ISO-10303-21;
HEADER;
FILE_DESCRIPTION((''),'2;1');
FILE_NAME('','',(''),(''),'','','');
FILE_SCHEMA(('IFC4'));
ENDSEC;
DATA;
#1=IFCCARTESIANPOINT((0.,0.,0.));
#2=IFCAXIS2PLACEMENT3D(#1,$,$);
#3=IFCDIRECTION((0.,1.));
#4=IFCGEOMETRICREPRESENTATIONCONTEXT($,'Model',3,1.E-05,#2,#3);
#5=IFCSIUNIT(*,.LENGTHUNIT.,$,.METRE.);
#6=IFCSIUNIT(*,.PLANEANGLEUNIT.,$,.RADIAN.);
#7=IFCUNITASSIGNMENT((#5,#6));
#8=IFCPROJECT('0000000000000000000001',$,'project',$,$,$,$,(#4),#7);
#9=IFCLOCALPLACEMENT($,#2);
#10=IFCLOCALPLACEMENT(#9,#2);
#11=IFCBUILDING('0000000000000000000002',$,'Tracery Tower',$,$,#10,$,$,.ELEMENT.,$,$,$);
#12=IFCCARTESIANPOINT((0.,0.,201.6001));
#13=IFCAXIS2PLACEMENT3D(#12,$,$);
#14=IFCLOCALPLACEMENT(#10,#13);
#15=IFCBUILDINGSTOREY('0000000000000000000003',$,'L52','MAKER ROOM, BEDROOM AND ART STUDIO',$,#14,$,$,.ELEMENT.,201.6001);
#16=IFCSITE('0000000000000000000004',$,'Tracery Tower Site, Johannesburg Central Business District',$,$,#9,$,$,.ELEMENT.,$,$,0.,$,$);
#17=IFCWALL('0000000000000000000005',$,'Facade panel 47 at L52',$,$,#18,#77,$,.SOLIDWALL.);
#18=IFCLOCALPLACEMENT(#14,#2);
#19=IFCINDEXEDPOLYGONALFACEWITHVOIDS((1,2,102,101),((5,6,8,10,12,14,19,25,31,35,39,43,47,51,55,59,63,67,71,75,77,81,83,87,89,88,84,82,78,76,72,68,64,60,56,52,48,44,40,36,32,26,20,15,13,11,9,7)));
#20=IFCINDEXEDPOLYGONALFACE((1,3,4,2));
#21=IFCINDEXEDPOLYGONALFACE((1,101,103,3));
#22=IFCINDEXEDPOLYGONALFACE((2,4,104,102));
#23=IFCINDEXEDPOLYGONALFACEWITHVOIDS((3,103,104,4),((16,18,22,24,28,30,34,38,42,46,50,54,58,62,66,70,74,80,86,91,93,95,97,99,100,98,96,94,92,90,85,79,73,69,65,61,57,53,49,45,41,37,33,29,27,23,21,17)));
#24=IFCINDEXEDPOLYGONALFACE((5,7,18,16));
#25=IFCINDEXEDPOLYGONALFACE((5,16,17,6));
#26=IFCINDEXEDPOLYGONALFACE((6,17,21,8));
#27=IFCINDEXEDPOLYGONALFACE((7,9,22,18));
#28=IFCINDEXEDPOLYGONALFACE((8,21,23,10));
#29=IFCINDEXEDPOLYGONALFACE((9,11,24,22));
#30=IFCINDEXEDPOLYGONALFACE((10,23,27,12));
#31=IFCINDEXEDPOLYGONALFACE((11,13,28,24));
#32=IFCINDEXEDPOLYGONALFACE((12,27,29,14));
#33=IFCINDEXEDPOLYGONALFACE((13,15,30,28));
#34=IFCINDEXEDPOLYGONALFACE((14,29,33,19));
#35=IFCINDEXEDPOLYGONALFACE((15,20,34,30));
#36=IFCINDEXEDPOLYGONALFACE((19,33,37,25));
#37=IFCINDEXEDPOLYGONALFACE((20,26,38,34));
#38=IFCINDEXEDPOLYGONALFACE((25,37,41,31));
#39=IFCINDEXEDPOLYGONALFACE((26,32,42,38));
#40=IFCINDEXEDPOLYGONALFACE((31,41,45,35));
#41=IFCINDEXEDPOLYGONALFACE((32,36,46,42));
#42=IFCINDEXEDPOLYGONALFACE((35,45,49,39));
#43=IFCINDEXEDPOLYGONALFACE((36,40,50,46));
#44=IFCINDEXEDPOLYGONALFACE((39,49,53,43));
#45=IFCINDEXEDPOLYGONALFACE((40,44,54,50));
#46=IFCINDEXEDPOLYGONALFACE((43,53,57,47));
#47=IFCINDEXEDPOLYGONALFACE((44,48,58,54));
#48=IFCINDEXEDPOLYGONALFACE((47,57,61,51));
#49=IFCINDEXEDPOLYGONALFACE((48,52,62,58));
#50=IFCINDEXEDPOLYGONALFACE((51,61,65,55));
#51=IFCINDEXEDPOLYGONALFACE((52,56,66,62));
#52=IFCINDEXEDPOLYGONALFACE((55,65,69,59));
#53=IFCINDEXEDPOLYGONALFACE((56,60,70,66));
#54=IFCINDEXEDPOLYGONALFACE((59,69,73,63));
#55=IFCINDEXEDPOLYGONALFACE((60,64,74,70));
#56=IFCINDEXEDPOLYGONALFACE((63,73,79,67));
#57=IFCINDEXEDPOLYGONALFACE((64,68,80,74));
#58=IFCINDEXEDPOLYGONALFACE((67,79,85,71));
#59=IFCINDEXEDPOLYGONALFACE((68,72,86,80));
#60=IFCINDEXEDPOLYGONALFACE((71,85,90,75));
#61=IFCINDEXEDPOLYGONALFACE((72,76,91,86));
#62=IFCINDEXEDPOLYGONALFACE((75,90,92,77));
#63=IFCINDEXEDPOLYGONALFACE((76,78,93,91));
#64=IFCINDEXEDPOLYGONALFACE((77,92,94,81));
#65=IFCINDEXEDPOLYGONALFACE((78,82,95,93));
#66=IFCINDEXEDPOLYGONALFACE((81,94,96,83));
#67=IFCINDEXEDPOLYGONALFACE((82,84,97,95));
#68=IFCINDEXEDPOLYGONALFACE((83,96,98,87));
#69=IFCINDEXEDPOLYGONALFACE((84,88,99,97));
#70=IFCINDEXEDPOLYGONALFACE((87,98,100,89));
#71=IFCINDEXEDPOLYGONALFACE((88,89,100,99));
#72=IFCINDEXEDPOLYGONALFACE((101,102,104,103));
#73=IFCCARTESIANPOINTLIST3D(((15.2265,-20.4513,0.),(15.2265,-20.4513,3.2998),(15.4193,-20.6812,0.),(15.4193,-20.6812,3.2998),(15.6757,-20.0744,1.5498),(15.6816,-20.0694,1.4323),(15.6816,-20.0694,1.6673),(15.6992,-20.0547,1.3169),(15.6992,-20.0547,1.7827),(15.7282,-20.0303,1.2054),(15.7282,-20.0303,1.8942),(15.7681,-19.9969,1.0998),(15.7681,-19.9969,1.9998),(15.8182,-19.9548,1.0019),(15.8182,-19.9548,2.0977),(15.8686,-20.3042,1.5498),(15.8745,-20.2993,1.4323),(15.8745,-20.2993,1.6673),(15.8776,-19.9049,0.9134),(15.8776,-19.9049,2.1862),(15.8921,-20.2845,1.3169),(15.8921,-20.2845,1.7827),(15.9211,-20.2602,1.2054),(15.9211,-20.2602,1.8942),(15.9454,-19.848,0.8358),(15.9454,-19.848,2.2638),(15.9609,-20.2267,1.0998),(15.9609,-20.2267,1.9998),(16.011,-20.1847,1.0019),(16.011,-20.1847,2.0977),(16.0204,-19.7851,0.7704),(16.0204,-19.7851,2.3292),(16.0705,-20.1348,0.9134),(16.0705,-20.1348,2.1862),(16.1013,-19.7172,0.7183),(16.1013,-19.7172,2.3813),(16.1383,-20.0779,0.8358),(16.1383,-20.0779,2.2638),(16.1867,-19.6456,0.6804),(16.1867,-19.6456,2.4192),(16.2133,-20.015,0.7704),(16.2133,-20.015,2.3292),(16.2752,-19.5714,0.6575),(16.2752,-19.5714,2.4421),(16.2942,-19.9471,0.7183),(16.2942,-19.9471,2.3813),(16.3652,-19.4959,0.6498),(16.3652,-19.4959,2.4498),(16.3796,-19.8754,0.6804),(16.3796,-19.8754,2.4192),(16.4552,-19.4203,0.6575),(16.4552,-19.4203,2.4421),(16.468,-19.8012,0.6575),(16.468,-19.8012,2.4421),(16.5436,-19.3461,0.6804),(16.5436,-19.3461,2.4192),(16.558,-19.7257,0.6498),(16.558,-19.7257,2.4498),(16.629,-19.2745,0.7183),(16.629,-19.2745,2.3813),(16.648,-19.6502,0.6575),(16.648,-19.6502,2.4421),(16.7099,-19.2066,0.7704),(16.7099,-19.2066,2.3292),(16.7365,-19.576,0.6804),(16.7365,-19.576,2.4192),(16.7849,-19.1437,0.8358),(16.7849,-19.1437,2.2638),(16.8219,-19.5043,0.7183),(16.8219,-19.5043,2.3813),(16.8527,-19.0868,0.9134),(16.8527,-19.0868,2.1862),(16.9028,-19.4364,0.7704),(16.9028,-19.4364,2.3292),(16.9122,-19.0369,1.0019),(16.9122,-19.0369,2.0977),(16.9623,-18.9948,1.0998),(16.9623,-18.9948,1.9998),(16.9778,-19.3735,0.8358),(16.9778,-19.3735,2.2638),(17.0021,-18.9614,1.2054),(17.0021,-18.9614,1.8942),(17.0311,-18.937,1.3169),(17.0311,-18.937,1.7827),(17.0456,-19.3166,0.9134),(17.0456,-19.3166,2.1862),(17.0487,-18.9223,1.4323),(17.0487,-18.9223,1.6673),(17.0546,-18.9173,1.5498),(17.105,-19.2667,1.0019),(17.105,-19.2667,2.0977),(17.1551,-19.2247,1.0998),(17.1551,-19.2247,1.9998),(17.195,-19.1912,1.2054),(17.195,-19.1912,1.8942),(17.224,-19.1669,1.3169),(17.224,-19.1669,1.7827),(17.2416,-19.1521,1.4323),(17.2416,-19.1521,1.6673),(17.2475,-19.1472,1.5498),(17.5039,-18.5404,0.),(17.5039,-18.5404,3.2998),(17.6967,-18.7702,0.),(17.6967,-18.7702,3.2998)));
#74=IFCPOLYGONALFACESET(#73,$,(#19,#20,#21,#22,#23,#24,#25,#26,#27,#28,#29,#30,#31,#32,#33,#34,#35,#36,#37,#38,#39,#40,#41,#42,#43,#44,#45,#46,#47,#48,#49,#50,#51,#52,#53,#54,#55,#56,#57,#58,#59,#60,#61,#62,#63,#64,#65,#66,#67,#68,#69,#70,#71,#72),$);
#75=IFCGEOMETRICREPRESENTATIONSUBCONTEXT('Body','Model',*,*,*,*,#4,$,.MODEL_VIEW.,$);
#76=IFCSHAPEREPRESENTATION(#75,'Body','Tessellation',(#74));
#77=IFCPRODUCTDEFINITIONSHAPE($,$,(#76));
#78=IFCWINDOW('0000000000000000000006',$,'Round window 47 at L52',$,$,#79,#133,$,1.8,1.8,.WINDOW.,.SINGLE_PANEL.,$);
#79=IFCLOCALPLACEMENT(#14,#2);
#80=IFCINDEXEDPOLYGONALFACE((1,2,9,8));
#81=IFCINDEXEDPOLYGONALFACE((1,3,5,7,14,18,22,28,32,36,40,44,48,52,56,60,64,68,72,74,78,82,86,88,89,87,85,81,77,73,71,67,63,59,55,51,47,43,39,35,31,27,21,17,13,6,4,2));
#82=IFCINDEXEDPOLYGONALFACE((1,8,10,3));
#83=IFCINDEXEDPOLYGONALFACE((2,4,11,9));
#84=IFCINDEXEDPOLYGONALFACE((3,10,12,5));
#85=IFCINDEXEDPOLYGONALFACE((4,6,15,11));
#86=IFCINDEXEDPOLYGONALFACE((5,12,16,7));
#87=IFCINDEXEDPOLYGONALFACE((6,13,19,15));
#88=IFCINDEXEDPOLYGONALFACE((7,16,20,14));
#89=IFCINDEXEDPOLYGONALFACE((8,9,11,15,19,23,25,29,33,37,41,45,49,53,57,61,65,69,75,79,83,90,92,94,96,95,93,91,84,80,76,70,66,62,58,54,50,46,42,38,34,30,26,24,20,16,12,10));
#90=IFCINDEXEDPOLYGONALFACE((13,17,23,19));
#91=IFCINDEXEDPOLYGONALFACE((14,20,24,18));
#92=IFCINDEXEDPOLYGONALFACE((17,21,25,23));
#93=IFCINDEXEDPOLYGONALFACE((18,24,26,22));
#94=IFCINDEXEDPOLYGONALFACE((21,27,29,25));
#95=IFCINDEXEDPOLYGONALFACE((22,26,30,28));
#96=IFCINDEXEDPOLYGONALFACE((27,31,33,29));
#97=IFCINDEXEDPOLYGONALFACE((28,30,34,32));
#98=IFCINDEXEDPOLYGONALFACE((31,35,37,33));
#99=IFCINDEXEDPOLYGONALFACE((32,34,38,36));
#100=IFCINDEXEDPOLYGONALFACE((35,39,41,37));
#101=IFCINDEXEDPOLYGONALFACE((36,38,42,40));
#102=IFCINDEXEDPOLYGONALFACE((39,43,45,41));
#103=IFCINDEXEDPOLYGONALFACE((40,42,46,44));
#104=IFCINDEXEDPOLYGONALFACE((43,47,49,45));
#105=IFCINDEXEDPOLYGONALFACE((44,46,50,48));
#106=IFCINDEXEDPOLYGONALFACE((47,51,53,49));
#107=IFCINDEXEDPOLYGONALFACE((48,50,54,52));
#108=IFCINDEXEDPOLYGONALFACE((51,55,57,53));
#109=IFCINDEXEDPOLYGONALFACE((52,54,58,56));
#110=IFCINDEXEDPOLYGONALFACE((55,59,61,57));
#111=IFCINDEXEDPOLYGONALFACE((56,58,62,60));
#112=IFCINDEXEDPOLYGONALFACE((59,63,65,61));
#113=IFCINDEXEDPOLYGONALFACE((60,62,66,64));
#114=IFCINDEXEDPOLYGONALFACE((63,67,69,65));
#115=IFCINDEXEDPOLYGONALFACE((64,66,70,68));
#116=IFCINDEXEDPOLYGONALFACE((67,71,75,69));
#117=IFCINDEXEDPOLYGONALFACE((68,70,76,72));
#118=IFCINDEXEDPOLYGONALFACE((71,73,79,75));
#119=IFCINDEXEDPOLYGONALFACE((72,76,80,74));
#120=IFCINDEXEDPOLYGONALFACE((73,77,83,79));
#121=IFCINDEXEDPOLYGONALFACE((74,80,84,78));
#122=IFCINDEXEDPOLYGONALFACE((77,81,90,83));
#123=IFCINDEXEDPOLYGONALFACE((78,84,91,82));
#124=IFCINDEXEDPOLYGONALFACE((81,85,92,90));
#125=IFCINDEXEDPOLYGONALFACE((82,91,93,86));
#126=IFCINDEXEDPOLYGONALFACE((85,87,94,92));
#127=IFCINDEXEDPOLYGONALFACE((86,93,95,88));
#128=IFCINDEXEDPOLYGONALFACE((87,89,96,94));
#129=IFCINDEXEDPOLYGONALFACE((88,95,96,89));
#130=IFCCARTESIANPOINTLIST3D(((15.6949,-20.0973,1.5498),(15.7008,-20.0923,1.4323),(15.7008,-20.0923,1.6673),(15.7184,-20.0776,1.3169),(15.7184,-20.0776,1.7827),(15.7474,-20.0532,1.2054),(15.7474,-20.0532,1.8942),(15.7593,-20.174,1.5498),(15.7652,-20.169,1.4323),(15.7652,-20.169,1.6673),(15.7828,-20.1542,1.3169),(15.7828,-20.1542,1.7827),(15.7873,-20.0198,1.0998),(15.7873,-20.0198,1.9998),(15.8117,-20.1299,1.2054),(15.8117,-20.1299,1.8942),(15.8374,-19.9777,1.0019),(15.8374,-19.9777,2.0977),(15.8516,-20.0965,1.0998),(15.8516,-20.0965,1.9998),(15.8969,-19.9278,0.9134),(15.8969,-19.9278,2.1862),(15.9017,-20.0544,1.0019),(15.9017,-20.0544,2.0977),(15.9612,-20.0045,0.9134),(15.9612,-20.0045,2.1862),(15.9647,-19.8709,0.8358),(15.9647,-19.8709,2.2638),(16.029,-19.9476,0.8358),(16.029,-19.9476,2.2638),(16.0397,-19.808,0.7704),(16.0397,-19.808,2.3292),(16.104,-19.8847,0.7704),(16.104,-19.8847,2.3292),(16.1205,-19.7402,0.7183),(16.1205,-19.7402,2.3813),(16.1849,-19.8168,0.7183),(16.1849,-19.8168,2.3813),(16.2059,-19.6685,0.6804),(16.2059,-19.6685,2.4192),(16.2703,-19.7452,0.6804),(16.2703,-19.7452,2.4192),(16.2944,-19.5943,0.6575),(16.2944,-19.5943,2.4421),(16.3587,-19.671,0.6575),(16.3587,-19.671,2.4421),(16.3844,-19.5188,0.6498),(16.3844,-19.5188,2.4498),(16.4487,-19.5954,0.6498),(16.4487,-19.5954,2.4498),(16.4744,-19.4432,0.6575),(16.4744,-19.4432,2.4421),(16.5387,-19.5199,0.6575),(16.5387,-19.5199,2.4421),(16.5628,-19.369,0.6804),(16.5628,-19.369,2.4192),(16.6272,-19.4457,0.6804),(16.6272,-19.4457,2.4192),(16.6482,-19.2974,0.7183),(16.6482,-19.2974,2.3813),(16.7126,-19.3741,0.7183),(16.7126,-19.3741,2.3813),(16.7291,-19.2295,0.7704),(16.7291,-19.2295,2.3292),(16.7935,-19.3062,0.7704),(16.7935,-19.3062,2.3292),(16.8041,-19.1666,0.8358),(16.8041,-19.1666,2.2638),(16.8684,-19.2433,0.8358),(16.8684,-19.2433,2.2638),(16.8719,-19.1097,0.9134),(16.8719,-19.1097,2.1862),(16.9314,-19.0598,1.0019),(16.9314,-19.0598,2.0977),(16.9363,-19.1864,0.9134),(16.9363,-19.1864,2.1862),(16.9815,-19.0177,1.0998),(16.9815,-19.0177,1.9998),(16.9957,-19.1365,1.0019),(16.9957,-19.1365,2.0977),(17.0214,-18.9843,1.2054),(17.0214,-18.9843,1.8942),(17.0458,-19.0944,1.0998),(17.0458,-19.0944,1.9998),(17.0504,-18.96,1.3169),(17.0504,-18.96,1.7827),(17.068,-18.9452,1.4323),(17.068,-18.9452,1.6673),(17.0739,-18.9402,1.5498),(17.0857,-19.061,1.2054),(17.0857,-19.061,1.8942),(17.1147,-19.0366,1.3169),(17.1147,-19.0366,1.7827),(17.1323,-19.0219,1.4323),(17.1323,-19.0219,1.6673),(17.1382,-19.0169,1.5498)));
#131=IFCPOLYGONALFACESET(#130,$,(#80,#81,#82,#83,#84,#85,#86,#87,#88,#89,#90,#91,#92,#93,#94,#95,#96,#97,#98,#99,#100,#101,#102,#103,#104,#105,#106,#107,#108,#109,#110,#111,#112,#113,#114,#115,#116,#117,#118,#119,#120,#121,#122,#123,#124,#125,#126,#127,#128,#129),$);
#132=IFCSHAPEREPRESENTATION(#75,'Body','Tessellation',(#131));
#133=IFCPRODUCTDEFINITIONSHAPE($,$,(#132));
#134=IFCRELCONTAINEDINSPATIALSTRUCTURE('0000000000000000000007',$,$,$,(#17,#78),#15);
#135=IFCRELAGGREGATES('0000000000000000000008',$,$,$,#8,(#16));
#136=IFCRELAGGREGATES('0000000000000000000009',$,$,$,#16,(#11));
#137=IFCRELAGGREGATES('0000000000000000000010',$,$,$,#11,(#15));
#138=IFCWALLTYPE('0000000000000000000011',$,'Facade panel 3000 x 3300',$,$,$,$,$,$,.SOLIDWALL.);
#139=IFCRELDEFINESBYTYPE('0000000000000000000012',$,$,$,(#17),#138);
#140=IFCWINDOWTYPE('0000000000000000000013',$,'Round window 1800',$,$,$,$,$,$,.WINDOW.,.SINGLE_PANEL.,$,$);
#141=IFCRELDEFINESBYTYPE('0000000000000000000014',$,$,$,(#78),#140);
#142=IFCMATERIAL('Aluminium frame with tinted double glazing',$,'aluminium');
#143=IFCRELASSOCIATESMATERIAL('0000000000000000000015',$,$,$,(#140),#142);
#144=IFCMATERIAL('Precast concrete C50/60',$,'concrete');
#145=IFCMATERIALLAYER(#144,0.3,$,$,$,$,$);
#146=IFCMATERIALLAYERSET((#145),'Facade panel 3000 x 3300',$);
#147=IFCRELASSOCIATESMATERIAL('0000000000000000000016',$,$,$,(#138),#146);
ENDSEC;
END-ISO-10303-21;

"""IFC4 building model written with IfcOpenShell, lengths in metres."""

from ifc_helpers import new_model, si_unit, direction, frame, frame_2d, origin, origin_2d, place, context, subcontext, project, spatial, rectangle, circle, extrude, material, layer, layer_set, type_object, element, fill, save


model = new_model("IFC4")

# Units and contexts
model_context = context("Model", 3, precision=1e-05, world=origin(), true_north=direction((0.0, 1.0)))
body_context = subcontext(model_context, "Body", "Model", "MODEL_VIEW")
ifc_project = project(units=[si_unit("LENGTHUNIT", "METRE"), si_unit("PLANEANGLEUNIT", "RADIAN")], contexts=[model_context])

# Site, building, storey
site_placement = place(None, origin())
site = spatial("IfcSite", under=ifc_project, at=site_placement, Name="Tracery Tower Site, Johannesburg Central Business District", CompositionType="ELEMENT", RefElevation=0.0)
building_placement = place(site_placement, origin())
building = spatial("IfcBuilding", under=site, at=building_placement, Name="Tracery Tower", CompositionType="ELEMENT")
storey_placement = place(building_placement, frame((0.0, 0.0, 201.6001)))
storey = spatial("IfcBuildingStorey", under=building, at=storey_placement, Name="L52", Description="MAKER ROOM, BEDROOM AND ART STUDIO", CompositionType="ELEMENT", Elevation=201.6001)

# Wall, opening, window
ifc_material_1 = material(Name="Aluminium frame with tinted double glazing", Category="aluminium")
window_type = type_object("IfcWindowType", Name="Round window 1800", PartitioningType="SINGLE_PANEL", PredefinedType="WINDOW", material=ifc_material_1)
ifc_material_2 = material(Name="Precast concrete C50/60", Category="concrete")
ifc_layer_1 = layer(ifc_material_2, 0.3)
ifc_layer_set_1 = layer_set([ifc_layer_1], Name="Facade panel 3000 x 3300")
wall_type_1 = type_object("IfcWallType", Name="Facade panel 3000 x 3300", PredefinedType="SOLIDWALL", material=ifc_layer_set_1)
wall_1_placement = place(storey_placement, frame((15.323, -20.5662, 0.0), z_axis=(0.0, 0.0, 1.0), x_axis=(0.766049, 0.642782, 0.0)))
wall_1 = element("IfcWall", 1, at=wall_1_placement, inside=storey, type_object=wall_type_1, Name="Facade panel 47 at L52", PredefinedType="SOLIDWALL", context=body_context, shape_type="SweptSolid", body=[
    extrude(rectangle(XDim=2.9729, YDim=0.3, at=frame_2d((1.4863, 0.0))), origin(), (0.0, 0.0, 1.0), 3.2998),
])
opening_1_placement = place(wall_1_placement, frame((1.4863, 0.0, 1.5498)))
opening_1 = element("IfcOpeningElement", 2, at=opening_1_placement, cuts=wall_1, PredefinedType="OPENING", context=body_context, shape_type="SweptSolid", body=[
    extrude(circle(Radius=0.9, at=origin_2d()), frame((0.0, 0.1599, 0.0), z_axis=(0.0, -1.0, 0.0), x_axis=(1.0, 0.0, 0.0)), (0.0, 0.0, 1.0), 0.3201),
])
window_1_placement = place(opening_1_placement, origin())
window_1 = element("IfcWindow", 3, at=window_1_placement, inside=storey, type_object=window_type, Name="Round window 47 at L52", OverallHeight=1.8, OverallWidth=1.8, PartitioningType="SINGLE_PANEL", PredefinedType="WINDOW", context=body_context, shape_type="SweptSolid", body=[
    extrude(circle(Radius=0.9, at=origin_2d()), frame((0.0, 0.1201, 0.0), z_axis=(0.0, -1.0, 0.0), x_axis=(1.0, 0.0, 0.0)), (0.0, 0.0, 1.0), 0.1001),
])
fill(opening_1, window_1)

save(model, "model.ifc")
